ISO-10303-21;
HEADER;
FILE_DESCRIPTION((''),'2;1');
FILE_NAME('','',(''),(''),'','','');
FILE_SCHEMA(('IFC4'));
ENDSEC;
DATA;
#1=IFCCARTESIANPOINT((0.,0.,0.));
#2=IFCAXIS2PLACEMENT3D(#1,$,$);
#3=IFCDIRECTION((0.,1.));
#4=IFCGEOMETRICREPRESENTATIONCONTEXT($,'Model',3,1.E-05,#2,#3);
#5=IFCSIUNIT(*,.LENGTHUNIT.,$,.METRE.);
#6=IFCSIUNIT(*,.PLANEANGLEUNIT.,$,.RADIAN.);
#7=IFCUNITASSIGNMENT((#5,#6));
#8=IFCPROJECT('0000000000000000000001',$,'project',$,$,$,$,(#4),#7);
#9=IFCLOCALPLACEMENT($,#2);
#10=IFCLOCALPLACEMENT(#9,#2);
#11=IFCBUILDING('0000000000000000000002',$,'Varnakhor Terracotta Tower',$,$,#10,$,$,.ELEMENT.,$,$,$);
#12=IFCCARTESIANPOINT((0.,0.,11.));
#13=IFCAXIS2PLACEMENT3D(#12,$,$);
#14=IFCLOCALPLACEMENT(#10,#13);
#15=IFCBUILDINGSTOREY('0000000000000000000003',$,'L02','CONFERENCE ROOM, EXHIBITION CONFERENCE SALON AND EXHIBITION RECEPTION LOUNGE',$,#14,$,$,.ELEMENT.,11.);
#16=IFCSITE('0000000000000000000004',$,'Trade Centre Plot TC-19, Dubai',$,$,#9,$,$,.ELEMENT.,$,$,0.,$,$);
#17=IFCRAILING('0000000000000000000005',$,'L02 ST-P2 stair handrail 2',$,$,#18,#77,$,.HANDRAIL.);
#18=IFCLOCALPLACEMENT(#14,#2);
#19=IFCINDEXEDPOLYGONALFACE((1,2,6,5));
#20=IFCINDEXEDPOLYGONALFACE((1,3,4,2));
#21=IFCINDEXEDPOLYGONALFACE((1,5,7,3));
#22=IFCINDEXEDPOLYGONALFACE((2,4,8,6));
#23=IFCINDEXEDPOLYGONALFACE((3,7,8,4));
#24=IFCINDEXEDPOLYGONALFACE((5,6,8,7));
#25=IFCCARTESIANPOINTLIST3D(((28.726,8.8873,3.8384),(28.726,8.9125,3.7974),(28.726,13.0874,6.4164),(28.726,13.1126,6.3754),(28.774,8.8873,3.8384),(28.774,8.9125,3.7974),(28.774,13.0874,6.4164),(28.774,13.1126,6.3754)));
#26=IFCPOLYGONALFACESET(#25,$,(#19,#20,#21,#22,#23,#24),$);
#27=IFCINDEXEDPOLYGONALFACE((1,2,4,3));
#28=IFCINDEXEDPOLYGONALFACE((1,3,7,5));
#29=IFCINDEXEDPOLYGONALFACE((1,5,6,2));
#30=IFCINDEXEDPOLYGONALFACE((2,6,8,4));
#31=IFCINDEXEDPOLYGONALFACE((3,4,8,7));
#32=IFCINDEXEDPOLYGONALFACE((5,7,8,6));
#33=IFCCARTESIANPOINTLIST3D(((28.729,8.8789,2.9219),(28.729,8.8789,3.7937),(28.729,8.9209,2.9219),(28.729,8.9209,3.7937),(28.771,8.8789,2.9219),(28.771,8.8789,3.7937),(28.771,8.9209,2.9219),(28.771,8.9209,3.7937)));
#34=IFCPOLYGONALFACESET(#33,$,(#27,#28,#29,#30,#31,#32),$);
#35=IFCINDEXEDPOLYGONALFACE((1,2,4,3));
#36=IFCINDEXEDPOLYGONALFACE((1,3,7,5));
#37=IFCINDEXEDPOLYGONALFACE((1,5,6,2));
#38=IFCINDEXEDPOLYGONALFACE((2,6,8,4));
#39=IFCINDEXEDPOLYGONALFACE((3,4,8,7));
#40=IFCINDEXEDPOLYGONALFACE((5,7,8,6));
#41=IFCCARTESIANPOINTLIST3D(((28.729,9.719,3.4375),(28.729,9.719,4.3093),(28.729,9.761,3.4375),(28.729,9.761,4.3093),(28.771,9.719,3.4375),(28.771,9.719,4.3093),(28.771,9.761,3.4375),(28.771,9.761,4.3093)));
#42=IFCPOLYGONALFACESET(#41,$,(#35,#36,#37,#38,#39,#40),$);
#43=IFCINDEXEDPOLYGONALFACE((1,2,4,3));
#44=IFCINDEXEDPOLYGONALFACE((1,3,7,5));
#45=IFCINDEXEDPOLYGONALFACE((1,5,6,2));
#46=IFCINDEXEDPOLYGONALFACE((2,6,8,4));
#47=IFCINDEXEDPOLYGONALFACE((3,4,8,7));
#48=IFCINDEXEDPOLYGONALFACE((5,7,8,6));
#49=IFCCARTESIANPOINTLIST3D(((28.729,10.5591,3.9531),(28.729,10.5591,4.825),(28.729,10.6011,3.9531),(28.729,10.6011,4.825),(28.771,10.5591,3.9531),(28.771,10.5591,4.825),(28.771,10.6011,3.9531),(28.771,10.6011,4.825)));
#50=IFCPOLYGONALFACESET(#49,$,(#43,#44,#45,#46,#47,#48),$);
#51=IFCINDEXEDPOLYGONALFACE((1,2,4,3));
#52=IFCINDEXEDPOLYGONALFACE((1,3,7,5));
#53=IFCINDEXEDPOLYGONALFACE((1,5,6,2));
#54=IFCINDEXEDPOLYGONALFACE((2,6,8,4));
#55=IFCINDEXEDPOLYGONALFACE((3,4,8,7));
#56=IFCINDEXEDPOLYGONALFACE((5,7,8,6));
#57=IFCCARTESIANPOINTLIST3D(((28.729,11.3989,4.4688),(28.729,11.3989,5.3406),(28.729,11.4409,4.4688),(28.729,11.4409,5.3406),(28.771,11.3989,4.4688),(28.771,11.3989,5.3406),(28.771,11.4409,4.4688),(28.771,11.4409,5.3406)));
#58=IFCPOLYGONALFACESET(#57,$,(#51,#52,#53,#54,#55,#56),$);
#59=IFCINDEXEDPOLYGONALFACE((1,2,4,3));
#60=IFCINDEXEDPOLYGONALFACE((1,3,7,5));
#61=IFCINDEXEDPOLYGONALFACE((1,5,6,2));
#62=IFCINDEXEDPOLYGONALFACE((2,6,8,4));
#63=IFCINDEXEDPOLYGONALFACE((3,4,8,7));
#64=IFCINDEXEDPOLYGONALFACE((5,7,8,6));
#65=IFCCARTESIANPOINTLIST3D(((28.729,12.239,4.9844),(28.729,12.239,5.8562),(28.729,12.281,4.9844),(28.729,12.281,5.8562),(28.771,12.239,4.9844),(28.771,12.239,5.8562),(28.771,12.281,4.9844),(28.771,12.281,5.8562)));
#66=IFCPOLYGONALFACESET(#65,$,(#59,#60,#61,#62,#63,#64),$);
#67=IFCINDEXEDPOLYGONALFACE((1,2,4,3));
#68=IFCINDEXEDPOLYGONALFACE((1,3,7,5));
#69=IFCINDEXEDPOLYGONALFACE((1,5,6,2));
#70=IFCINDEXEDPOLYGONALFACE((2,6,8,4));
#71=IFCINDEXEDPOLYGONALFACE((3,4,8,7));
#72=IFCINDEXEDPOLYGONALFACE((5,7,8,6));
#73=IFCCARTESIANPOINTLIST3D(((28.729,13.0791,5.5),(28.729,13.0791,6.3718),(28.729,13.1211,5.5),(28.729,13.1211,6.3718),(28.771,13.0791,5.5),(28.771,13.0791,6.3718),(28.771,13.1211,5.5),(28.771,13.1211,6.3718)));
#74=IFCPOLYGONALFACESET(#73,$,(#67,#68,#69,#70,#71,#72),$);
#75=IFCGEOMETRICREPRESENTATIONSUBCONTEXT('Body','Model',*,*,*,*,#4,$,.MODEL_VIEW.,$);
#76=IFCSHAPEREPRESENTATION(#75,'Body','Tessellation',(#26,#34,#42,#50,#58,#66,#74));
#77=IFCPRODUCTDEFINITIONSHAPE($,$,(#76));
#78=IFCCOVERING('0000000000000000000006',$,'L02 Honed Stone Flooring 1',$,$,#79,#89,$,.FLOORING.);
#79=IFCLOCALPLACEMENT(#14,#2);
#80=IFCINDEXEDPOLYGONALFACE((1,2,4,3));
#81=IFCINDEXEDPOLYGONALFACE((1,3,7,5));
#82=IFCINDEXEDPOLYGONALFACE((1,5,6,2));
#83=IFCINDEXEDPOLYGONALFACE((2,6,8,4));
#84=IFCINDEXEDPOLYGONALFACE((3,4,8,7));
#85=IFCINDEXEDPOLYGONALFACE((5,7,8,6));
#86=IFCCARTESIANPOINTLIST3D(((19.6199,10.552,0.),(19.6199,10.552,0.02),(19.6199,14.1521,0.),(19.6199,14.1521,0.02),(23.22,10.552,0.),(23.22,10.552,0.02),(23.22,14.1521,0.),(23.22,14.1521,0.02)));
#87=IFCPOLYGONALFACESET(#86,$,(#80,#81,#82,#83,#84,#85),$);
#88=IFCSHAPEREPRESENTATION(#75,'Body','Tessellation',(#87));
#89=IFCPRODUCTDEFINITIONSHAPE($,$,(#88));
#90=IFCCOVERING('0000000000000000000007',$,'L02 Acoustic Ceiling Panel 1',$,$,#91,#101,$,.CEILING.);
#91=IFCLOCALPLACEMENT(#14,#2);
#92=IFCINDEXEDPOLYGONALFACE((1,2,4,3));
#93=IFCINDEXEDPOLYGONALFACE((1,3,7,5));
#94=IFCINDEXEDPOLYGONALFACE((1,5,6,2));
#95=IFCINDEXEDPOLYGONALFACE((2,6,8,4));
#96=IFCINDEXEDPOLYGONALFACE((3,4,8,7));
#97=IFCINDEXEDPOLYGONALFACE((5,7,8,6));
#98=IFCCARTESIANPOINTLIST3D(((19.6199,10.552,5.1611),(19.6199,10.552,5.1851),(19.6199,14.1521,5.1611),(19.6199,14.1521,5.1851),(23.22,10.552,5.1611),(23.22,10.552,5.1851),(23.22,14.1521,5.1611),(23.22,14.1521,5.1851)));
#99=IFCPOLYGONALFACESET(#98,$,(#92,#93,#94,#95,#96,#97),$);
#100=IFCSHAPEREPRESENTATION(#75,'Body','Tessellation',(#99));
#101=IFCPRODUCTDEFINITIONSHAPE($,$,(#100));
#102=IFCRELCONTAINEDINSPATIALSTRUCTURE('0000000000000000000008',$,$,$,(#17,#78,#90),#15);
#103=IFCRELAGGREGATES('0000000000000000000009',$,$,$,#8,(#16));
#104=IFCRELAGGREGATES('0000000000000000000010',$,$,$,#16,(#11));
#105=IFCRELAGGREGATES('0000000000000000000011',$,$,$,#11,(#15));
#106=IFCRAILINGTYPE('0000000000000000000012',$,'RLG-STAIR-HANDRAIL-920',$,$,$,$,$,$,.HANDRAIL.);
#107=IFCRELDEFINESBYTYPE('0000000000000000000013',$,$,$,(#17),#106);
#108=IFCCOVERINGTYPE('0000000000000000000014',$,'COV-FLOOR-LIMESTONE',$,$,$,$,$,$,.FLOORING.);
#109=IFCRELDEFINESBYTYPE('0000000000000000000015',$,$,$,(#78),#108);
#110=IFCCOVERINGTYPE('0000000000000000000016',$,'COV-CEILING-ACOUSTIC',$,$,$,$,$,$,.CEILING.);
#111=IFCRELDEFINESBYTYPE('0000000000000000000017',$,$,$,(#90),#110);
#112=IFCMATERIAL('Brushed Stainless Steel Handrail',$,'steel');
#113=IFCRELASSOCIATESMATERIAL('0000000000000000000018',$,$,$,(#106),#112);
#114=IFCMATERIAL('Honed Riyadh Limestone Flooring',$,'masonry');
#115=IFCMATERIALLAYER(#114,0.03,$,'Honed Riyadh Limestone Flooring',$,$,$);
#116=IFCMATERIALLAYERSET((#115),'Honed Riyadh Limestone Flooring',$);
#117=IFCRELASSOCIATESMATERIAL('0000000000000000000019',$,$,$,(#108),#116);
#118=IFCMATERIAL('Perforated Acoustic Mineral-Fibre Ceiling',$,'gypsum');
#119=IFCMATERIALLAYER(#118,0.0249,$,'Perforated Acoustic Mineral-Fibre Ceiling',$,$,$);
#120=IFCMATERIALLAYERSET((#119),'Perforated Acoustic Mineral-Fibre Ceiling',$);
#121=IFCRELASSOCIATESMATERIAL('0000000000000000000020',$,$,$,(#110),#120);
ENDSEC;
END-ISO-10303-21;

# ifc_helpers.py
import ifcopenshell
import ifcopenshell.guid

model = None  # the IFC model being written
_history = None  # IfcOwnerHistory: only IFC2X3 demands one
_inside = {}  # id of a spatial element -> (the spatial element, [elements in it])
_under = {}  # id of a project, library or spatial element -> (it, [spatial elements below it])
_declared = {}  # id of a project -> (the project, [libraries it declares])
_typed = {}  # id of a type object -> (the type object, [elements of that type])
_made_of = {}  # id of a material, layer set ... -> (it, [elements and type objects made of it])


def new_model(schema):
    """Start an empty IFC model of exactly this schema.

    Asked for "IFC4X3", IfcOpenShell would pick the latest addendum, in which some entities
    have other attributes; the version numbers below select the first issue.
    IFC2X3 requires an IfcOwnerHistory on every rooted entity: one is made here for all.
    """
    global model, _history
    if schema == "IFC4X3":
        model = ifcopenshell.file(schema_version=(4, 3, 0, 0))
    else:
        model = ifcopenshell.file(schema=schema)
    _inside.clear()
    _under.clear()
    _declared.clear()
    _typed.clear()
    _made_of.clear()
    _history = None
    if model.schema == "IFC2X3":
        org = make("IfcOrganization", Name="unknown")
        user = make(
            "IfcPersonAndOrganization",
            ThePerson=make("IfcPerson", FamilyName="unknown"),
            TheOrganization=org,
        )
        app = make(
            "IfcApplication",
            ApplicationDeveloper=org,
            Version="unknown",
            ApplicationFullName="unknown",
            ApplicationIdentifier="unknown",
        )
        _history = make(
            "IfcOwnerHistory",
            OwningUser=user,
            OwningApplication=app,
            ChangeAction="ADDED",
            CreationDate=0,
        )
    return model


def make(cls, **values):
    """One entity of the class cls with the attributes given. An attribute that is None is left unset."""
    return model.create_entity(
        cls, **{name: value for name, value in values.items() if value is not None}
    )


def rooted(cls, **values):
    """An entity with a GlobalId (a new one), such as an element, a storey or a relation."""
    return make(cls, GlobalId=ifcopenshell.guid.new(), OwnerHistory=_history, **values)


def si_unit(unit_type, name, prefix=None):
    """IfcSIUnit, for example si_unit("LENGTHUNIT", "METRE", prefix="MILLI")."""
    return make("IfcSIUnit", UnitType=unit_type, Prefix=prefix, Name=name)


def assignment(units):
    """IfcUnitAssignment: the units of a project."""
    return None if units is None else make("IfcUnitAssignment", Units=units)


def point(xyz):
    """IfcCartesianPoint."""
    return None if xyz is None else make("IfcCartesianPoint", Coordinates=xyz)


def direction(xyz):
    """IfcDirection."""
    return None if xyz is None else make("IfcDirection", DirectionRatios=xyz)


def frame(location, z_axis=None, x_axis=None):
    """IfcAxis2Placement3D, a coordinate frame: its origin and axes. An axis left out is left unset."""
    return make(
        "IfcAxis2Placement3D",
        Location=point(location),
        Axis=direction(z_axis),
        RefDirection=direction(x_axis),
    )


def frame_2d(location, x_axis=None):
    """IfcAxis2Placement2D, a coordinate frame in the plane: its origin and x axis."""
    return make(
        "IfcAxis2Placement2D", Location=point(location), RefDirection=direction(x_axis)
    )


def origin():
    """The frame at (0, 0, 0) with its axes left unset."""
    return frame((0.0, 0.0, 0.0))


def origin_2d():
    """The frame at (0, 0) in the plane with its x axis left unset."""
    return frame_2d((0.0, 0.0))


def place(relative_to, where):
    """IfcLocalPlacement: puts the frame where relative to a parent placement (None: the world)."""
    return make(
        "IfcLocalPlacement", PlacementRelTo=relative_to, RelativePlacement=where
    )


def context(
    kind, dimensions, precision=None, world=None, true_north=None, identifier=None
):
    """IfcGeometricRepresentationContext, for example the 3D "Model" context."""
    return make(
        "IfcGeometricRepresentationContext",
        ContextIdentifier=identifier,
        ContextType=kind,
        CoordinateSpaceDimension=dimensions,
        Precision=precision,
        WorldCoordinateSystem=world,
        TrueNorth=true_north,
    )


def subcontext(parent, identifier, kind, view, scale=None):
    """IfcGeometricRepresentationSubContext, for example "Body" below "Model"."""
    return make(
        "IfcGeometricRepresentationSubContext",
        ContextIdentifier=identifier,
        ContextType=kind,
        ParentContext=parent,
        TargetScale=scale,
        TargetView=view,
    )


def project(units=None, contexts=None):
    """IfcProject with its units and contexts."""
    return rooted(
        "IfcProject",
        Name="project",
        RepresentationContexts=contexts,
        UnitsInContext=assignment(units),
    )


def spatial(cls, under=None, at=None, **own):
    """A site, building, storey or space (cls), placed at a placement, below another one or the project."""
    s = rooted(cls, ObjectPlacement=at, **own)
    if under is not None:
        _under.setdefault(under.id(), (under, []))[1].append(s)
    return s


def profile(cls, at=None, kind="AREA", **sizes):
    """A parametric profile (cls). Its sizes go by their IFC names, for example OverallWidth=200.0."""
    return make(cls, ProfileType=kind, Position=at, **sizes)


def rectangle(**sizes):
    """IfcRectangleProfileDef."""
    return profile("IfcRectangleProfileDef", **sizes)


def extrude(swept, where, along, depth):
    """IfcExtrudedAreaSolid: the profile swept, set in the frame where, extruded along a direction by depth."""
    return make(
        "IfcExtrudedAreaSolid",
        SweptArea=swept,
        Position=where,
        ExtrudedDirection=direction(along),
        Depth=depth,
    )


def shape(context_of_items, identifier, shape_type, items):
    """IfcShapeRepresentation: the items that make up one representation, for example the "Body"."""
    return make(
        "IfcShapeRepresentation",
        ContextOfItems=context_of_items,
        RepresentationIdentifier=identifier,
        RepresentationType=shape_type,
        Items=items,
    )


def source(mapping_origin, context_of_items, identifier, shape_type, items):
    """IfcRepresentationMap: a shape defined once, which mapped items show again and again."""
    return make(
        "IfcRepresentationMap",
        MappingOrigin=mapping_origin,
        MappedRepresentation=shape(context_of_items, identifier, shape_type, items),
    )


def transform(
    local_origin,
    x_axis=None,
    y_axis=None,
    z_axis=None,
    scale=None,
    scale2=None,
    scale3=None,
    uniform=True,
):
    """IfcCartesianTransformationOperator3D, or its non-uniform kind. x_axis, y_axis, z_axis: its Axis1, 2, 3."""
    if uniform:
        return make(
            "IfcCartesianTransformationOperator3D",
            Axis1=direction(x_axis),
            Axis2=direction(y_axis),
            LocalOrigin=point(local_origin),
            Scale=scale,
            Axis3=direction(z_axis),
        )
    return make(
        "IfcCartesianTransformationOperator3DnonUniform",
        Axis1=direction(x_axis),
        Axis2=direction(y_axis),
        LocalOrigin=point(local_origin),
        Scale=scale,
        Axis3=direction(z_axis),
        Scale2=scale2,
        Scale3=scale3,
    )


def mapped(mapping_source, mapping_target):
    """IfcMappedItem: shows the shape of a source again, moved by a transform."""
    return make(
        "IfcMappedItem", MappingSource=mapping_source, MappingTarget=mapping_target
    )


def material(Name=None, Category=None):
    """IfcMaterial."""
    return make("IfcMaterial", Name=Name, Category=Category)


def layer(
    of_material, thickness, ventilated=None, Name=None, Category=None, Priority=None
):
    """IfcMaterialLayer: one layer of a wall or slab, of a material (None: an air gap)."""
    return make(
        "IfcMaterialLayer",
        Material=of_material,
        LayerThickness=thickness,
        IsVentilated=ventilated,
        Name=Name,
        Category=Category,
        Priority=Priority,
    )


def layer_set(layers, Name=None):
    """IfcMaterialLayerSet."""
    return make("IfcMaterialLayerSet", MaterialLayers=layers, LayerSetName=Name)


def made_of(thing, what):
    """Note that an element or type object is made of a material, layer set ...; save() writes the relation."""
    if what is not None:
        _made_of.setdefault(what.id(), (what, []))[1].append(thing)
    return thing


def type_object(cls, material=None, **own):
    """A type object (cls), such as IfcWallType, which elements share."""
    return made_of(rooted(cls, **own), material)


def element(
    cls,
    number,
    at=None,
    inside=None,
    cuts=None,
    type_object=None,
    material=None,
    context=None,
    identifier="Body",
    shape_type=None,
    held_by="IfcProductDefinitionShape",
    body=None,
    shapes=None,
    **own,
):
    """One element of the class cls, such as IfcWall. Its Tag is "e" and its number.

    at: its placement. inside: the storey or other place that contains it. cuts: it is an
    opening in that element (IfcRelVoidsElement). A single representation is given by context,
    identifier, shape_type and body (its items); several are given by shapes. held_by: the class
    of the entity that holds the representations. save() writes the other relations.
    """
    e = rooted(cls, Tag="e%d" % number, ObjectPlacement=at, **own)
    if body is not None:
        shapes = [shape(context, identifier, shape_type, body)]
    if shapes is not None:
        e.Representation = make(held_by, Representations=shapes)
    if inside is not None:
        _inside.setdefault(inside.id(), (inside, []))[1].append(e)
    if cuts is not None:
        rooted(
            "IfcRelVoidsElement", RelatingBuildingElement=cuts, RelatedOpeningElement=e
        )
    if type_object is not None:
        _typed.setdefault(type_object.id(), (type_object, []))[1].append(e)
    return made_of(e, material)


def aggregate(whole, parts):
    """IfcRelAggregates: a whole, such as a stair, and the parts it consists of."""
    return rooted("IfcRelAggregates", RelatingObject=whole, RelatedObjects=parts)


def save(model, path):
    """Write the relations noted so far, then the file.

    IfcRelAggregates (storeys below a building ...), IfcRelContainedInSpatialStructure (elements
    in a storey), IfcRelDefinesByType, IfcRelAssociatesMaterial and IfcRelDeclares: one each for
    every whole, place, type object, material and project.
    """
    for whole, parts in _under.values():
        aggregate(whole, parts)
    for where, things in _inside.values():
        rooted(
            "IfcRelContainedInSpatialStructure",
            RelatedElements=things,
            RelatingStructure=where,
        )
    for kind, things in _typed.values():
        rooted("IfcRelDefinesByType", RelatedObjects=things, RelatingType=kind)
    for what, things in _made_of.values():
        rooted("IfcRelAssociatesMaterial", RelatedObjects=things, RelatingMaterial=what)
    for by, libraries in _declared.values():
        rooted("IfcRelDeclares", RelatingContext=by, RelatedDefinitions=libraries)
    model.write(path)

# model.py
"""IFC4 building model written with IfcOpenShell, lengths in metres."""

from ifc_helpers import new_model, si_unit, direction, frame, origin, origin_2d, place, context, subcontext, project, spatial, rectangle, extrude, source, transform, mapped, material, layer, layer_set, type_object, element, save


model = new_model("IFC4")

# Units and contexts
model_context = context("Model", 3, precision=1e-05, world=origin(), true_north=direction((0.0, 1.0)))
body_context = subcontext(model_context, "Body", "Model", "MODEL_VIEW")
ifc_project = project(units=[si_unit("LENGTHUNIT", "METRE"), si_unit("PLANEANGLEUNIT", "RADIAN")], contexts=[model_context])

# Site, building, storey
site_placement = place(None, origin())
site = spatial("IfcSite", under=ifc_project, at=site_placement, Name="Trade Centre Plot TC-19, Dubai", CompositionType="ELEMENT", RefElevation=0.0)
building_placement = place(site_placement, origin())
building = spatial("IfcBuilding", under=site, at=building_placement, Name="Varnakhor Terracotta Tower", CompositionType="ELEMENT")
storey_placement = place(building_placement, frame((0.0, 0.0, 11.0)))
storey = spatial("IfcBuildingStorey", under=building, at=storey_placement, Name="L02", Description="CONFERENCE ROOM, EXHIBITION CONFERENCE SALON AND EXHIBITION RECEPTION LOUNGE", CompositionType="ELEMENT", Elevation=11.0)

# Railing
ifc_material_1 = material(Name="Brushed Stainless Steel Handrail", Category="steel")
railing_type_1 = type_object("IfcRailingType", Name="RLG-STAIR-HANDRAIL-920", PredefinedType="HANDRAIL", material=ifc_material_1)
railing_1_placement = place(storey_placement, frame((28.75, 8.8999, 2.9219)))
element("IfcRailing", 1, at=railing_1_placement, inside=storey, type_object=railing_type_1, Name="L02 ST-P2 stair handrail 2", PredefinedType="HANDRAIL", context=body_context, shape_type="SweptSolid", body=[
    extrude(rectangle(XDim=0.0481, YDim=0.0481, at=origin_2d()), frame((0.0, 0.0, 0.896), z_axis=(0.0, 0.852256, 0.523124), x_axis=(-1.0, 0.0, 0.0)), (0.0, 0.0, 1.0), 4.9282),
    extrude(rectangle(XDim=0.042, YDim=0.042, at=origin_2d()), origin(), (0.0, 0.0, 1.0), 0.8718),
    extrude(rectangle(XDim=0.042, YDim=0.042, at=origin_2d()), frame((0.0, 0.8401, 0.5156)), (0.0, 0.0, 1.0), 0.8718),
    extrude(rectangle(XDim=0.042, YDim=0.042, at=origin_2d()), frame((0.0, 1.6802, 1.0312)), (0.0, 0.0, 1.0), 0.8718),
    extrude(rectangle(XDim=0.042, YDim=0.042, at=origin_2d()), frame((0.0, 2.52, 1.5469)), (0.0, 0.0, 1.0), 0.8718),
    extrude(rectangle(XDim=0.042, YDim=0.042, at=origin_2d()), frame((0.0, 3.3601, 2.0625)), (0.0, 0.0, 1.0), 0.8718),
    extrude(rectangle(XDim=0.042, YDim=0.042, at=origin_2d()), frame((0.0, 4.2002, 2.5781)), (0.0, 0.0, 1.0), 0.8718),
])

# Coverings
ifc_material_2 = material(Name="Honed Riyadh Limestone Flooring", Category="masonry")
ifc_layer_1 = layer(ifc_material_2, 0.03, Name="Honed Riyadh Limestone Flooring")
ifc_layer_set_1 = layer_set([ifc_layer_1], Name="Honed Riyadh Limestone Flooring")
covering_type_1 = type_object("IfcCoveringType", Name="COV-FLOOR-LIMESTONE", PredefinedType="FLOORING", material=ifc_layer_set_1)
shared_shape_1 = source(origin(), body_context, "Body", "SweptSolid", [
    extrude(rectangle(XDim=3.6001, YDim=3.6001, at=origin_2d()), origin(), (0.0, 0.0, 1.0), 0.02),
])
covering_1_placement = place(storey_placement, frame((21.4199, 12.3521, 0.0), z_axis=(0.0, 0.0, 1.0), x_axis=(1.0, 0.0, 0.0)))
element("IfcCovering", 2, at=covering_1_placement, inside=storey, type_object=covering_type_1, Name="L02 Honed Stone Flooring 1", PredefinedType="FLOORING", context=body_context, shape_type="MappedRepresentation", body=[
    mapped(shared_shape_1, transform((0.0, 0.0, 0.0), scale=1.0)),
])
ifc_material_3 = material(Name="Perforated Acoustic Mineral-Fibre Ceiling", Category="gypsum")
ifc_layer_2 = layer(ifc_material_3, 0.0249, Name="Perforated Acoustic Mineral-Fibre Ceiling")
ifc_layer_set_2 = layer_set([ifc_layer_2], Name="Perforated Acoustic Mineral-Fibre Ceiling")
covering_type_2 = type_object("IfcCoveringType", Name="COV-CEILING-ACOUSTIC", PredefinedType="CEILING", material=ifc_layer_set_2)
shared_shape_2 = source(origin(), body_context, "Body", "SweptSolid", [
    extrude(rectangle(XDim=3.6001, YDim=3.6001, at=origin_2d()), origin(), (0.0, 0.0, 1.0), 0.0239),
])
covering_2_placement = place(storey_placement, frame((21.4199, 12.3521, 5.1611), z_axis=(0.0, 0.0, 1.0), x_axis=(1.0, 0.0, 0.0)))
element("IfcCovering", 3, at=covering_2_placement, inside=storey, type_object=covering_type_2, Name="L02 Acoustic Ceiling Panel 1", PredefinedType="CEILING", context=body_context, shape_type="MappedRepresentation", body=[
    mapped(shared_shape_2, transform((0.0, 0.0, 0.0), scale=1.0)),
])

save(model, "model.ifc")
